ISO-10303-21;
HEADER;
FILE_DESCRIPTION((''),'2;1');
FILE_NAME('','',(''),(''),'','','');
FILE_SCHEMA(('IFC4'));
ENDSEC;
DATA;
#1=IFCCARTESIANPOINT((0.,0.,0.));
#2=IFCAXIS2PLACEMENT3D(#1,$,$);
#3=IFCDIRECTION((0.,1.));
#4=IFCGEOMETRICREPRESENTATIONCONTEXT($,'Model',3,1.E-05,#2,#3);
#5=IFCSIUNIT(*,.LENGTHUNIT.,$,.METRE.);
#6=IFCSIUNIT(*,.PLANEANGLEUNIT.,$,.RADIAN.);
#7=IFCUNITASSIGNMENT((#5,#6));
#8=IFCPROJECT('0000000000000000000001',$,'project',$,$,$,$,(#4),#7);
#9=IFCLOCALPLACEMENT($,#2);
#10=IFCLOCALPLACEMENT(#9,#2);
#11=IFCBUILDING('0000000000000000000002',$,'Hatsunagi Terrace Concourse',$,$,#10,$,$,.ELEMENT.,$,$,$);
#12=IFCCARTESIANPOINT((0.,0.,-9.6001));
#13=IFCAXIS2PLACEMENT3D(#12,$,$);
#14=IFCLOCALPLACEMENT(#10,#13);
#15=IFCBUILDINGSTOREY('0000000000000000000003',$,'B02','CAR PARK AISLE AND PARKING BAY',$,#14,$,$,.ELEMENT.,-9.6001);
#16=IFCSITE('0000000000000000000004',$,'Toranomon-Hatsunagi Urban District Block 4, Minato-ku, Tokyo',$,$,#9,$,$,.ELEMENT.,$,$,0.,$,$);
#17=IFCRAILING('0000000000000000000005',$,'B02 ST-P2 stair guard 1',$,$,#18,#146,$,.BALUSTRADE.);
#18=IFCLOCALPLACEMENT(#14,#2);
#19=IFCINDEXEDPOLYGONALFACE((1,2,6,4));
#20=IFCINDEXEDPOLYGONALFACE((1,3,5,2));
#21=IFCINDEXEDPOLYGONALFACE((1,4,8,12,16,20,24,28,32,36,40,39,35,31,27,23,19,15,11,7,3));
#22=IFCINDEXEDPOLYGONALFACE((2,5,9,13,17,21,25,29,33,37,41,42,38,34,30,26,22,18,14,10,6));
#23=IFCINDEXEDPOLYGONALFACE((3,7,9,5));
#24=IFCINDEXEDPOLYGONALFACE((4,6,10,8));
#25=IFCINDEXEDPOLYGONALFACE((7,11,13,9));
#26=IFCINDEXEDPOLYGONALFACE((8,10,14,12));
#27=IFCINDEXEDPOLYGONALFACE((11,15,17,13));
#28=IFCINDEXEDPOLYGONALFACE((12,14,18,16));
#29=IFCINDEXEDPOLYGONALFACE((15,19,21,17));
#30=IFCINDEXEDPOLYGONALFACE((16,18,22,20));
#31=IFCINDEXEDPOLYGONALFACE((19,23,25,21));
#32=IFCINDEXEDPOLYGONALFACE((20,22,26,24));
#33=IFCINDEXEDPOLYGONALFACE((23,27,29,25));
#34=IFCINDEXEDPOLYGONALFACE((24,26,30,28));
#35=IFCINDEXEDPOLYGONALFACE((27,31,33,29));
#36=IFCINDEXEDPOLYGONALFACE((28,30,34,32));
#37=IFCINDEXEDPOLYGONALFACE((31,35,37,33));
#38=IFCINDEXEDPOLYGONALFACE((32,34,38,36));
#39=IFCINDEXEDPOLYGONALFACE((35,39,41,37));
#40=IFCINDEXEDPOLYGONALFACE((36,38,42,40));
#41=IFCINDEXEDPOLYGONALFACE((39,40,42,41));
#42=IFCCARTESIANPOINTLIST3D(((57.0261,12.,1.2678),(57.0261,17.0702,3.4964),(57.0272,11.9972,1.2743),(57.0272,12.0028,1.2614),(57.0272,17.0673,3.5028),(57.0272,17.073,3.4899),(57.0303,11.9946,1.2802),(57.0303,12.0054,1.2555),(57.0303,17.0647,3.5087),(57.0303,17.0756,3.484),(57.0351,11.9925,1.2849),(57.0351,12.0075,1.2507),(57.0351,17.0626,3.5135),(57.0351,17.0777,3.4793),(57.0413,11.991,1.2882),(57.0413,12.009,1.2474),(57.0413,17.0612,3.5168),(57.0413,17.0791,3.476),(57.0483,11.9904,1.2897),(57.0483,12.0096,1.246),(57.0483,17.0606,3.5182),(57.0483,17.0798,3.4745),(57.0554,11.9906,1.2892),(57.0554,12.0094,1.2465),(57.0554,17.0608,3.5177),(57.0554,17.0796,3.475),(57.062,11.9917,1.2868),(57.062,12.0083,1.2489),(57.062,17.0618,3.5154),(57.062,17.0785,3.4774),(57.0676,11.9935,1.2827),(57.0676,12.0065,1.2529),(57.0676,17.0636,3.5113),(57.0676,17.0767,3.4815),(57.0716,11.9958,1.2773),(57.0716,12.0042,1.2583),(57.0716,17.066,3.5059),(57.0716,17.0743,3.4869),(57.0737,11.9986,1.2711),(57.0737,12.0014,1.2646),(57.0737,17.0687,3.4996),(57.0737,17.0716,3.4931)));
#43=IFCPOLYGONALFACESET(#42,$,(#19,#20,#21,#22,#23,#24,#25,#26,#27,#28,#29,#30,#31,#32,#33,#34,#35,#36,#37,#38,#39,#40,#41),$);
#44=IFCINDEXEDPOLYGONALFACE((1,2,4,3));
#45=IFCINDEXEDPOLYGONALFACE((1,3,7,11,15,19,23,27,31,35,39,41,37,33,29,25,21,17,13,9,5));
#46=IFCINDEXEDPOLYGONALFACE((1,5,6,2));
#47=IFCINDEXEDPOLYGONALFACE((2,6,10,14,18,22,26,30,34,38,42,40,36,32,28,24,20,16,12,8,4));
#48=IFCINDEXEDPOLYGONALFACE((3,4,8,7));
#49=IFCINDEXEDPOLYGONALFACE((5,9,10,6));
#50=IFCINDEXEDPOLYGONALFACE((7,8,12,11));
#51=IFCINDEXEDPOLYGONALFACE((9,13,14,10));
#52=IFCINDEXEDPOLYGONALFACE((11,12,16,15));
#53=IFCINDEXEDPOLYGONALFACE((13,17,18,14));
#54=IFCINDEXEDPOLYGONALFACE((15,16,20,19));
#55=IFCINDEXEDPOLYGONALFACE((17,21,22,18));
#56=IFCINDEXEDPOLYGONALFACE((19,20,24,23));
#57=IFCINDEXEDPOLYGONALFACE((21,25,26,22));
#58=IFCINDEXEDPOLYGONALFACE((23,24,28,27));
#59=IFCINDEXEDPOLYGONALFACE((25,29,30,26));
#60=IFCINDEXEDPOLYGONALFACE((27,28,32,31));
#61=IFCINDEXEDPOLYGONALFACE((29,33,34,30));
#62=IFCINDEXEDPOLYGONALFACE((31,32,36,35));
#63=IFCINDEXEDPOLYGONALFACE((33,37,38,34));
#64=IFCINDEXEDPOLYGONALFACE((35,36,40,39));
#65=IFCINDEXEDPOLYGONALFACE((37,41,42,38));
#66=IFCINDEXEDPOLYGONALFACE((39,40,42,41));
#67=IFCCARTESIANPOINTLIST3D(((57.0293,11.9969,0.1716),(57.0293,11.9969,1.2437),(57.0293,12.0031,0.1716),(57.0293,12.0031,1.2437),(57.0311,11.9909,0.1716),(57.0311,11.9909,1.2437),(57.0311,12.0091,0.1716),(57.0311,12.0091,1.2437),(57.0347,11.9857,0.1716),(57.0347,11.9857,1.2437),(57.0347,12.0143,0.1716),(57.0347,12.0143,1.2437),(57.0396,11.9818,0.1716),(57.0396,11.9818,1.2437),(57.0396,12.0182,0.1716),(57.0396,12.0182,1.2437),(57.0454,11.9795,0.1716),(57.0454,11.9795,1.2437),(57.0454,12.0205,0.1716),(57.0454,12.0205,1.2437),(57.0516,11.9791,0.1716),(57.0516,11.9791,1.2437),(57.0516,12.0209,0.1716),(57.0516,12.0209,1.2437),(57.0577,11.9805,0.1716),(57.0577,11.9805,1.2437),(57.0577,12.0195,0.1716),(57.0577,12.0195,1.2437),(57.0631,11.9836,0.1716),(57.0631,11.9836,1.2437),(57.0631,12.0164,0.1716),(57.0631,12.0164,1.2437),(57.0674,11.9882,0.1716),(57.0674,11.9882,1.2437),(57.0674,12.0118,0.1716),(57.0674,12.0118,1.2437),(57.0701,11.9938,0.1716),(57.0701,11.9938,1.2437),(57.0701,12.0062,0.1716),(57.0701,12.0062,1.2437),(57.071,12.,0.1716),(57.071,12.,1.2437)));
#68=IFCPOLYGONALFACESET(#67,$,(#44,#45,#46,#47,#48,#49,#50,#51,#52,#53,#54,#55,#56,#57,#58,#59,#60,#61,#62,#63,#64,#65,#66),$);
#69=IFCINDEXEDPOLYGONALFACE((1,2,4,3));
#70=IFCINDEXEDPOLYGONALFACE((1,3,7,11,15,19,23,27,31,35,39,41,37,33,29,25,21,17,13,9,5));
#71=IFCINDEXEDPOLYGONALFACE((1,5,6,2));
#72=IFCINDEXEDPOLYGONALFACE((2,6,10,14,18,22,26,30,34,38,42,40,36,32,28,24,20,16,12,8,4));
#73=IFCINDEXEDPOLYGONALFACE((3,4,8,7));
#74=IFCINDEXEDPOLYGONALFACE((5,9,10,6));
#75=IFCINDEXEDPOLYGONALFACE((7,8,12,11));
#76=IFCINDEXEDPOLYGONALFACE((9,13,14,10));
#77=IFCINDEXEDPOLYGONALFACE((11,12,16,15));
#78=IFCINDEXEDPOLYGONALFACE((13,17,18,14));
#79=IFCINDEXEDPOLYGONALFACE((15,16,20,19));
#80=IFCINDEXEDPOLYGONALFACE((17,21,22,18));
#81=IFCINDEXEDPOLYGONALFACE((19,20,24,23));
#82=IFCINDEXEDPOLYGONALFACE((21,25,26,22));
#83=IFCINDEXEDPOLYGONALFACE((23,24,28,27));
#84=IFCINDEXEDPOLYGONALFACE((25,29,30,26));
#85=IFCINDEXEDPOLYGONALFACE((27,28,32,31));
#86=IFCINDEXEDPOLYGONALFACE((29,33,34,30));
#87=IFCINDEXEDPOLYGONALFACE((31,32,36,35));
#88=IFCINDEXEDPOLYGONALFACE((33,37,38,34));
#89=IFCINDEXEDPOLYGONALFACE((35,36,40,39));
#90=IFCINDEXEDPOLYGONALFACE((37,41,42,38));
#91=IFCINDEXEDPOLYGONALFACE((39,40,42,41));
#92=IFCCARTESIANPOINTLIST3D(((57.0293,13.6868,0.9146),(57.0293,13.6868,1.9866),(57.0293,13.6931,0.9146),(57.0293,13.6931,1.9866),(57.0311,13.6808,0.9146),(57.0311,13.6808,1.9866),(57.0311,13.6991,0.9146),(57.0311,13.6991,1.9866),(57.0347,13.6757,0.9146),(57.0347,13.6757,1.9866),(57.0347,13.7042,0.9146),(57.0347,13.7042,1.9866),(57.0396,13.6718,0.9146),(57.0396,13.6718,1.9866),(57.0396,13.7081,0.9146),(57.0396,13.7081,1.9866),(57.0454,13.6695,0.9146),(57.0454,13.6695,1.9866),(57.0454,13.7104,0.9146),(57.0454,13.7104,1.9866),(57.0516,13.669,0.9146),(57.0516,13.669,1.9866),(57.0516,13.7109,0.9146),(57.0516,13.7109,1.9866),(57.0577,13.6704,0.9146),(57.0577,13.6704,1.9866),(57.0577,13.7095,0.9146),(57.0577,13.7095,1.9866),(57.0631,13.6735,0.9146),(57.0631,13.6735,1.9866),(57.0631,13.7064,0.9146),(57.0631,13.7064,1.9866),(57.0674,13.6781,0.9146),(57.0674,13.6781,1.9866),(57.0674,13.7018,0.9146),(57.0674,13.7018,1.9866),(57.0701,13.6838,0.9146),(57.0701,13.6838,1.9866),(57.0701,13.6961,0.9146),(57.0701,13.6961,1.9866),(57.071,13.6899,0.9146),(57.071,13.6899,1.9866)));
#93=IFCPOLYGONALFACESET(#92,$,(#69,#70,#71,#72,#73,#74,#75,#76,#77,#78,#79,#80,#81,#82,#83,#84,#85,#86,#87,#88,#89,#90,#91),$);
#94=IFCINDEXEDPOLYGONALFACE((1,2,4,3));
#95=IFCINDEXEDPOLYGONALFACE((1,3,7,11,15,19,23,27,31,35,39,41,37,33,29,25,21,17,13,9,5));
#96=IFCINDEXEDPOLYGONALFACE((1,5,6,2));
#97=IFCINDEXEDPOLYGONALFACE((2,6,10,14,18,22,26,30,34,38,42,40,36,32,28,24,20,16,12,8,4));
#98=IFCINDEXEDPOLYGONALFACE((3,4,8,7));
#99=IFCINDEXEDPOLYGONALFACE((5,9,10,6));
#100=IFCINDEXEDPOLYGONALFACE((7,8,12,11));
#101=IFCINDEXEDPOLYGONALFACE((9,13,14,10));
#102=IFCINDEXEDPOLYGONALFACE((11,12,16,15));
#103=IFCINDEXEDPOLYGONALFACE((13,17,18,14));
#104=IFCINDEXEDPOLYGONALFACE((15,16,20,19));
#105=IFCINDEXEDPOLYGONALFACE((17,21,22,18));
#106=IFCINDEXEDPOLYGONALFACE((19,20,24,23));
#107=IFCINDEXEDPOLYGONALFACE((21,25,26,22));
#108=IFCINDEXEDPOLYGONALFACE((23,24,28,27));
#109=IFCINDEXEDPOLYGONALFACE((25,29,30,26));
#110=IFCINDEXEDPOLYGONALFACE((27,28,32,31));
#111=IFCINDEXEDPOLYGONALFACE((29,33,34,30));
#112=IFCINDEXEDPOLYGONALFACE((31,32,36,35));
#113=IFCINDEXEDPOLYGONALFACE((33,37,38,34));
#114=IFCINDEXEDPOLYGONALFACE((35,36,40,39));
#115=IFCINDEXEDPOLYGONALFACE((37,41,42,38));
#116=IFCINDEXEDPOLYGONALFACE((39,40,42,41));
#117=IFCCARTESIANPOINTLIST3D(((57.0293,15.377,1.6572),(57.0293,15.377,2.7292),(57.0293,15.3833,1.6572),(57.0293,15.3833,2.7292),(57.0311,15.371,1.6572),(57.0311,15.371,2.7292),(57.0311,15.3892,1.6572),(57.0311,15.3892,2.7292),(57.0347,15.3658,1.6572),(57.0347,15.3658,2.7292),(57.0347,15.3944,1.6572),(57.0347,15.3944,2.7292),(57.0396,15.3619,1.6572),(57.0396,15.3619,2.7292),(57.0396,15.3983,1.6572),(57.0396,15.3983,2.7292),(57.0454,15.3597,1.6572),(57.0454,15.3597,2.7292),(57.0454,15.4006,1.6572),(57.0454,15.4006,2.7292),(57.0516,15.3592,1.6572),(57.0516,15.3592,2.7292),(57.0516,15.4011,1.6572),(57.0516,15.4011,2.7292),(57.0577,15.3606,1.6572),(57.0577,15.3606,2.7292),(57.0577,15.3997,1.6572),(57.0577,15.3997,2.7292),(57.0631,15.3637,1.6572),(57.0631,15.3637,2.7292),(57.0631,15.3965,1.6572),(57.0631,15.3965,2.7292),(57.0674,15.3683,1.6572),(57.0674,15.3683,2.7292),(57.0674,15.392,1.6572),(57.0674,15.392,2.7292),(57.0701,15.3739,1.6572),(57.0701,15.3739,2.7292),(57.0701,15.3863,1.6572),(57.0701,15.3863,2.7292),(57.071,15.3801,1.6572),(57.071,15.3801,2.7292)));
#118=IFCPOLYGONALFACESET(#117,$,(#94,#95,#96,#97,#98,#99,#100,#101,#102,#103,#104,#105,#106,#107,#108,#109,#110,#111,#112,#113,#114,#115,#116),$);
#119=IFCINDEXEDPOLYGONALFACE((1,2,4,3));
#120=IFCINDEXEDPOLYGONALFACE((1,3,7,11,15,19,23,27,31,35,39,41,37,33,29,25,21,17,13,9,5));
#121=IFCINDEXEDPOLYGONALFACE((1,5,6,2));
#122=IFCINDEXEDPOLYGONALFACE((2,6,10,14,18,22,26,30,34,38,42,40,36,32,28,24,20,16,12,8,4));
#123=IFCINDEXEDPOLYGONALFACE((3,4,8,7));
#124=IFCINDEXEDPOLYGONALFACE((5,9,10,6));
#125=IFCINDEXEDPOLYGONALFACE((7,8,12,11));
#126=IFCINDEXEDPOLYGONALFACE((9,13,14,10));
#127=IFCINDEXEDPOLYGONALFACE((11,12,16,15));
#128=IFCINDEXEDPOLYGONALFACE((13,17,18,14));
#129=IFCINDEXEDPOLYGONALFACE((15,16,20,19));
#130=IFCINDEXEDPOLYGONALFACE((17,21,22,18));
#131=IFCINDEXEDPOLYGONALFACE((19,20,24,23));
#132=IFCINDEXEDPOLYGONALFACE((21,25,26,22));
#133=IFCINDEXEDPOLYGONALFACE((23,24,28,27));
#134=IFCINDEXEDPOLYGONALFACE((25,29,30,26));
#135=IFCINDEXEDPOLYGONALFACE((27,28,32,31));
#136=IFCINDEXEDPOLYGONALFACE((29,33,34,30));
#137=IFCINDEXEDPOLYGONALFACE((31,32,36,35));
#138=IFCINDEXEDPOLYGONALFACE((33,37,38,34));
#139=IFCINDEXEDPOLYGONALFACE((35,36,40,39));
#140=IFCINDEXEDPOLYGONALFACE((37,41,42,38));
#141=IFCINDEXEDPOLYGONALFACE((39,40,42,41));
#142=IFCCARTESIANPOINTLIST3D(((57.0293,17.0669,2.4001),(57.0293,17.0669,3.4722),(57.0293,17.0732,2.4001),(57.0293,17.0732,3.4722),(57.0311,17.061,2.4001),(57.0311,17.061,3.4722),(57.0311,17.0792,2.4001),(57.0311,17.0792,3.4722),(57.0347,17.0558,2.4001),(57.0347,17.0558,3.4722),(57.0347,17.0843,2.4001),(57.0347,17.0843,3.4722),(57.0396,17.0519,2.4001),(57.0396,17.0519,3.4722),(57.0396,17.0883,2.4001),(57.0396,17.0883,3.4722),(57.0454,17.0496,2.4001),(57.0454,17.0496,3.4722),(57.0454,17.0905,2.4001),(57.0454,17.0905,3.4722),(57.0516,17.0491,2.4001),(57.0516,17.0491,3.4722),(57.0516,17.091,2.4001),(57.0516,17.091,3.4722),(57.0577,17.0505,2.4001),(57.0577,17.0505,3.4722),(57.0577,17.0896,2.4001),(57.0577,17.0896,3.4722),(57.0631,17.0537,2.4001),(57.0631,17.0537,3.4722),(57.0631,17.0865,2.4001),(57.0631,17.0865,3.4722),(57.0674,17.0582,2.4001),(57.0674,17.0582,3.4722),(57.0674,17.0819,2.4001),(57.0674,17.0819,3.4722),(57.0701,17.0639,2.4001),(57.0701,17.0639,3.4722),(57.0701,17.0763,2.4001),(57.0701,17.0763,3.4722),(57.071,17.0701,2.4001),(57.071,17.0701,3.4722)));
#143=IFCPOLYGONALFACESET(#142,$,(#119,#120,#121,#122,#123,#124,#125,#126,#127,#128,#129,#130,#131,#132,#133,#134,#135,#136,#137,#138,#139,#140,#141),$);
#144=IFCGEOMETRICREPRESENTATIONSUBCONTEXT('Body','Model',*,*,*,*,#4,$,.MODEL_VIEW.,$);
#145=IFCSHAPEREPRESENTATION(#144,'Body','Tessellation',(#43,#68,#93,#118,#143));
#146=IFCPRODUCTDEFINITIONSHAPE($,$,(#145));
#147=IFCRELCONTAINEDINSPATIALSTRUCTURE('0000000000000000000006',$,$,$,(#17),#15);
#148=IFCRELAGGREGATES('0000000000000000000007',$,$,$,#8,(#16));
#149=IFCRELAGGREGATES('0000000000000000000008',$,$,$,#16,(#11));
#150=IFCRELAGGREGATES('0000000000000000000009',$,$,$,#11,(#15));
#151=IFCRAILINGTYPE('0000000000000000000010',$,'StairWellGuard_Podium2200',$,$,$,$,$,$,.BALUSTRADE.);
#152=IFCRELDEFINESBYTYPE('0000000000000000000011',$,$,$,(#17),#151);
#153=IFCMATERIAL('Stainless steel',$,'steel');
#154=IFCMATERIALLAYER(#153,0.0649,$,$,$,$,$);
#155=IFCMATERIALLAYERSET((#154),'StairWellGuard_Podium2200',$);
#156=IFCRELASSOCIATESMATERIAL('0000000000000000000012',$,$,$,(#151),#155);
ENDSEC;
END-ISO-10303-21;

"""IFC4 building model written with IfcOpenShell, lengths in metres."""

from ifc_helpers import new_model, si_unit, direction, frame, origin, origin_2d, place, context, subcontext, project, spatial, circle, extrude, material, layer, layer_set, type_object, element, save


model = new_model("IFC4")

# Units and contexts
model_context = context("Model", 3, precision=1e-05, world=origin(), true_north=direction((0.0, 1.0)))
body_context = subcontext(model_context, "Body", "Model", "MODEL_VIEW")
ifc_project = project(units=[si_unit("LENGTHUNIT", "METRE"), si_unit("PLANEANGLEUNIT", "RADIAN")], contexts=[model_context])

# Site, building, storey
site_placement = place(None, origin())
site = spatial("IfcSite", under=ifc_project, at=site_placement, Name="Toranomon-Hatsunagi Urban District Block 4, Minato-ku, Tokyo", CompositionType="ELEMENT", RefElevation=0.0)
building_placement = place(site_placement, origin())
building = spatial("IfcBuilding", under=site, at=building_placement, Name="Hatsunagi Terrace Concourse", CompositionType="ELEMENT")
storey_placement = place(building_placement, frame((0.0, 0.0, -9.6001)))
storey = spatial("IfcBuildingStorey", under=building, at=storey_placement, Name="B02", Description="CAR PARK AISLE AND PARKING BAY", CompositionType="ELEMENT", Elevation=-9.6001)

# Railing
ifc_material_1 = material(Name="Stainless steel", Category="steel")
ifc_layer_1 = layer(ifc_material_1, 0.0649)
ifc_layer_set_1 = layer_set([ifc_layer_1], Name="StairWellGuard_Podium2200")
railing_type_1 = type_object("IfcRailingType", Name="StairWellGuard_Podium2200", PredefinedType="BALUSTRADE", material=ifc_layer_set_1)
railing_1_placement = place(storey_placement, frame((57.05, 12.0, 0.1716)))
element("IfcRailing", 1, at=railing_1_placement, inside=storey, type_object=railing_type_1, Name="B02 ST-P2 stair guard 1", PredefinedType="BALUSTRADE", context=body_context, shape_type="SweptSolid", body=[
    extrude(circle(Radius=0.0239, at=origin_2d()), frame((0.0, 0.0, 1.0962), z_axis=(0.0, 0.915469, 0.402388), x_axis=(-1.0, 0.0, 0.0)), (0.0, 0.0, 1.0), 5.5383),
    extrude(circle(Radius=0.021, at=origin_2d()), origin(), (0.0, 0.0, 1.0), 1.072),
    extrude(circle(Radius=0.021, at=origin_2d()), frame((0.0, 1.6899, 0.7429)), (0.0, 0.0, 1.0), 1.072),
    extrude(circle(Radius=0.021, at=origin_2d()), frame((0.0, 3.3801, 1.4856)), (0.0, 0.0, 1.0), 1.072),
    extrude(circle(Radius=0.021, at=origin_2d()), frame((0.0, 5.0701, 2.2285)), (0.0, 0.0, 1.0), 1.072),
])

save(model, "model.ifc")
